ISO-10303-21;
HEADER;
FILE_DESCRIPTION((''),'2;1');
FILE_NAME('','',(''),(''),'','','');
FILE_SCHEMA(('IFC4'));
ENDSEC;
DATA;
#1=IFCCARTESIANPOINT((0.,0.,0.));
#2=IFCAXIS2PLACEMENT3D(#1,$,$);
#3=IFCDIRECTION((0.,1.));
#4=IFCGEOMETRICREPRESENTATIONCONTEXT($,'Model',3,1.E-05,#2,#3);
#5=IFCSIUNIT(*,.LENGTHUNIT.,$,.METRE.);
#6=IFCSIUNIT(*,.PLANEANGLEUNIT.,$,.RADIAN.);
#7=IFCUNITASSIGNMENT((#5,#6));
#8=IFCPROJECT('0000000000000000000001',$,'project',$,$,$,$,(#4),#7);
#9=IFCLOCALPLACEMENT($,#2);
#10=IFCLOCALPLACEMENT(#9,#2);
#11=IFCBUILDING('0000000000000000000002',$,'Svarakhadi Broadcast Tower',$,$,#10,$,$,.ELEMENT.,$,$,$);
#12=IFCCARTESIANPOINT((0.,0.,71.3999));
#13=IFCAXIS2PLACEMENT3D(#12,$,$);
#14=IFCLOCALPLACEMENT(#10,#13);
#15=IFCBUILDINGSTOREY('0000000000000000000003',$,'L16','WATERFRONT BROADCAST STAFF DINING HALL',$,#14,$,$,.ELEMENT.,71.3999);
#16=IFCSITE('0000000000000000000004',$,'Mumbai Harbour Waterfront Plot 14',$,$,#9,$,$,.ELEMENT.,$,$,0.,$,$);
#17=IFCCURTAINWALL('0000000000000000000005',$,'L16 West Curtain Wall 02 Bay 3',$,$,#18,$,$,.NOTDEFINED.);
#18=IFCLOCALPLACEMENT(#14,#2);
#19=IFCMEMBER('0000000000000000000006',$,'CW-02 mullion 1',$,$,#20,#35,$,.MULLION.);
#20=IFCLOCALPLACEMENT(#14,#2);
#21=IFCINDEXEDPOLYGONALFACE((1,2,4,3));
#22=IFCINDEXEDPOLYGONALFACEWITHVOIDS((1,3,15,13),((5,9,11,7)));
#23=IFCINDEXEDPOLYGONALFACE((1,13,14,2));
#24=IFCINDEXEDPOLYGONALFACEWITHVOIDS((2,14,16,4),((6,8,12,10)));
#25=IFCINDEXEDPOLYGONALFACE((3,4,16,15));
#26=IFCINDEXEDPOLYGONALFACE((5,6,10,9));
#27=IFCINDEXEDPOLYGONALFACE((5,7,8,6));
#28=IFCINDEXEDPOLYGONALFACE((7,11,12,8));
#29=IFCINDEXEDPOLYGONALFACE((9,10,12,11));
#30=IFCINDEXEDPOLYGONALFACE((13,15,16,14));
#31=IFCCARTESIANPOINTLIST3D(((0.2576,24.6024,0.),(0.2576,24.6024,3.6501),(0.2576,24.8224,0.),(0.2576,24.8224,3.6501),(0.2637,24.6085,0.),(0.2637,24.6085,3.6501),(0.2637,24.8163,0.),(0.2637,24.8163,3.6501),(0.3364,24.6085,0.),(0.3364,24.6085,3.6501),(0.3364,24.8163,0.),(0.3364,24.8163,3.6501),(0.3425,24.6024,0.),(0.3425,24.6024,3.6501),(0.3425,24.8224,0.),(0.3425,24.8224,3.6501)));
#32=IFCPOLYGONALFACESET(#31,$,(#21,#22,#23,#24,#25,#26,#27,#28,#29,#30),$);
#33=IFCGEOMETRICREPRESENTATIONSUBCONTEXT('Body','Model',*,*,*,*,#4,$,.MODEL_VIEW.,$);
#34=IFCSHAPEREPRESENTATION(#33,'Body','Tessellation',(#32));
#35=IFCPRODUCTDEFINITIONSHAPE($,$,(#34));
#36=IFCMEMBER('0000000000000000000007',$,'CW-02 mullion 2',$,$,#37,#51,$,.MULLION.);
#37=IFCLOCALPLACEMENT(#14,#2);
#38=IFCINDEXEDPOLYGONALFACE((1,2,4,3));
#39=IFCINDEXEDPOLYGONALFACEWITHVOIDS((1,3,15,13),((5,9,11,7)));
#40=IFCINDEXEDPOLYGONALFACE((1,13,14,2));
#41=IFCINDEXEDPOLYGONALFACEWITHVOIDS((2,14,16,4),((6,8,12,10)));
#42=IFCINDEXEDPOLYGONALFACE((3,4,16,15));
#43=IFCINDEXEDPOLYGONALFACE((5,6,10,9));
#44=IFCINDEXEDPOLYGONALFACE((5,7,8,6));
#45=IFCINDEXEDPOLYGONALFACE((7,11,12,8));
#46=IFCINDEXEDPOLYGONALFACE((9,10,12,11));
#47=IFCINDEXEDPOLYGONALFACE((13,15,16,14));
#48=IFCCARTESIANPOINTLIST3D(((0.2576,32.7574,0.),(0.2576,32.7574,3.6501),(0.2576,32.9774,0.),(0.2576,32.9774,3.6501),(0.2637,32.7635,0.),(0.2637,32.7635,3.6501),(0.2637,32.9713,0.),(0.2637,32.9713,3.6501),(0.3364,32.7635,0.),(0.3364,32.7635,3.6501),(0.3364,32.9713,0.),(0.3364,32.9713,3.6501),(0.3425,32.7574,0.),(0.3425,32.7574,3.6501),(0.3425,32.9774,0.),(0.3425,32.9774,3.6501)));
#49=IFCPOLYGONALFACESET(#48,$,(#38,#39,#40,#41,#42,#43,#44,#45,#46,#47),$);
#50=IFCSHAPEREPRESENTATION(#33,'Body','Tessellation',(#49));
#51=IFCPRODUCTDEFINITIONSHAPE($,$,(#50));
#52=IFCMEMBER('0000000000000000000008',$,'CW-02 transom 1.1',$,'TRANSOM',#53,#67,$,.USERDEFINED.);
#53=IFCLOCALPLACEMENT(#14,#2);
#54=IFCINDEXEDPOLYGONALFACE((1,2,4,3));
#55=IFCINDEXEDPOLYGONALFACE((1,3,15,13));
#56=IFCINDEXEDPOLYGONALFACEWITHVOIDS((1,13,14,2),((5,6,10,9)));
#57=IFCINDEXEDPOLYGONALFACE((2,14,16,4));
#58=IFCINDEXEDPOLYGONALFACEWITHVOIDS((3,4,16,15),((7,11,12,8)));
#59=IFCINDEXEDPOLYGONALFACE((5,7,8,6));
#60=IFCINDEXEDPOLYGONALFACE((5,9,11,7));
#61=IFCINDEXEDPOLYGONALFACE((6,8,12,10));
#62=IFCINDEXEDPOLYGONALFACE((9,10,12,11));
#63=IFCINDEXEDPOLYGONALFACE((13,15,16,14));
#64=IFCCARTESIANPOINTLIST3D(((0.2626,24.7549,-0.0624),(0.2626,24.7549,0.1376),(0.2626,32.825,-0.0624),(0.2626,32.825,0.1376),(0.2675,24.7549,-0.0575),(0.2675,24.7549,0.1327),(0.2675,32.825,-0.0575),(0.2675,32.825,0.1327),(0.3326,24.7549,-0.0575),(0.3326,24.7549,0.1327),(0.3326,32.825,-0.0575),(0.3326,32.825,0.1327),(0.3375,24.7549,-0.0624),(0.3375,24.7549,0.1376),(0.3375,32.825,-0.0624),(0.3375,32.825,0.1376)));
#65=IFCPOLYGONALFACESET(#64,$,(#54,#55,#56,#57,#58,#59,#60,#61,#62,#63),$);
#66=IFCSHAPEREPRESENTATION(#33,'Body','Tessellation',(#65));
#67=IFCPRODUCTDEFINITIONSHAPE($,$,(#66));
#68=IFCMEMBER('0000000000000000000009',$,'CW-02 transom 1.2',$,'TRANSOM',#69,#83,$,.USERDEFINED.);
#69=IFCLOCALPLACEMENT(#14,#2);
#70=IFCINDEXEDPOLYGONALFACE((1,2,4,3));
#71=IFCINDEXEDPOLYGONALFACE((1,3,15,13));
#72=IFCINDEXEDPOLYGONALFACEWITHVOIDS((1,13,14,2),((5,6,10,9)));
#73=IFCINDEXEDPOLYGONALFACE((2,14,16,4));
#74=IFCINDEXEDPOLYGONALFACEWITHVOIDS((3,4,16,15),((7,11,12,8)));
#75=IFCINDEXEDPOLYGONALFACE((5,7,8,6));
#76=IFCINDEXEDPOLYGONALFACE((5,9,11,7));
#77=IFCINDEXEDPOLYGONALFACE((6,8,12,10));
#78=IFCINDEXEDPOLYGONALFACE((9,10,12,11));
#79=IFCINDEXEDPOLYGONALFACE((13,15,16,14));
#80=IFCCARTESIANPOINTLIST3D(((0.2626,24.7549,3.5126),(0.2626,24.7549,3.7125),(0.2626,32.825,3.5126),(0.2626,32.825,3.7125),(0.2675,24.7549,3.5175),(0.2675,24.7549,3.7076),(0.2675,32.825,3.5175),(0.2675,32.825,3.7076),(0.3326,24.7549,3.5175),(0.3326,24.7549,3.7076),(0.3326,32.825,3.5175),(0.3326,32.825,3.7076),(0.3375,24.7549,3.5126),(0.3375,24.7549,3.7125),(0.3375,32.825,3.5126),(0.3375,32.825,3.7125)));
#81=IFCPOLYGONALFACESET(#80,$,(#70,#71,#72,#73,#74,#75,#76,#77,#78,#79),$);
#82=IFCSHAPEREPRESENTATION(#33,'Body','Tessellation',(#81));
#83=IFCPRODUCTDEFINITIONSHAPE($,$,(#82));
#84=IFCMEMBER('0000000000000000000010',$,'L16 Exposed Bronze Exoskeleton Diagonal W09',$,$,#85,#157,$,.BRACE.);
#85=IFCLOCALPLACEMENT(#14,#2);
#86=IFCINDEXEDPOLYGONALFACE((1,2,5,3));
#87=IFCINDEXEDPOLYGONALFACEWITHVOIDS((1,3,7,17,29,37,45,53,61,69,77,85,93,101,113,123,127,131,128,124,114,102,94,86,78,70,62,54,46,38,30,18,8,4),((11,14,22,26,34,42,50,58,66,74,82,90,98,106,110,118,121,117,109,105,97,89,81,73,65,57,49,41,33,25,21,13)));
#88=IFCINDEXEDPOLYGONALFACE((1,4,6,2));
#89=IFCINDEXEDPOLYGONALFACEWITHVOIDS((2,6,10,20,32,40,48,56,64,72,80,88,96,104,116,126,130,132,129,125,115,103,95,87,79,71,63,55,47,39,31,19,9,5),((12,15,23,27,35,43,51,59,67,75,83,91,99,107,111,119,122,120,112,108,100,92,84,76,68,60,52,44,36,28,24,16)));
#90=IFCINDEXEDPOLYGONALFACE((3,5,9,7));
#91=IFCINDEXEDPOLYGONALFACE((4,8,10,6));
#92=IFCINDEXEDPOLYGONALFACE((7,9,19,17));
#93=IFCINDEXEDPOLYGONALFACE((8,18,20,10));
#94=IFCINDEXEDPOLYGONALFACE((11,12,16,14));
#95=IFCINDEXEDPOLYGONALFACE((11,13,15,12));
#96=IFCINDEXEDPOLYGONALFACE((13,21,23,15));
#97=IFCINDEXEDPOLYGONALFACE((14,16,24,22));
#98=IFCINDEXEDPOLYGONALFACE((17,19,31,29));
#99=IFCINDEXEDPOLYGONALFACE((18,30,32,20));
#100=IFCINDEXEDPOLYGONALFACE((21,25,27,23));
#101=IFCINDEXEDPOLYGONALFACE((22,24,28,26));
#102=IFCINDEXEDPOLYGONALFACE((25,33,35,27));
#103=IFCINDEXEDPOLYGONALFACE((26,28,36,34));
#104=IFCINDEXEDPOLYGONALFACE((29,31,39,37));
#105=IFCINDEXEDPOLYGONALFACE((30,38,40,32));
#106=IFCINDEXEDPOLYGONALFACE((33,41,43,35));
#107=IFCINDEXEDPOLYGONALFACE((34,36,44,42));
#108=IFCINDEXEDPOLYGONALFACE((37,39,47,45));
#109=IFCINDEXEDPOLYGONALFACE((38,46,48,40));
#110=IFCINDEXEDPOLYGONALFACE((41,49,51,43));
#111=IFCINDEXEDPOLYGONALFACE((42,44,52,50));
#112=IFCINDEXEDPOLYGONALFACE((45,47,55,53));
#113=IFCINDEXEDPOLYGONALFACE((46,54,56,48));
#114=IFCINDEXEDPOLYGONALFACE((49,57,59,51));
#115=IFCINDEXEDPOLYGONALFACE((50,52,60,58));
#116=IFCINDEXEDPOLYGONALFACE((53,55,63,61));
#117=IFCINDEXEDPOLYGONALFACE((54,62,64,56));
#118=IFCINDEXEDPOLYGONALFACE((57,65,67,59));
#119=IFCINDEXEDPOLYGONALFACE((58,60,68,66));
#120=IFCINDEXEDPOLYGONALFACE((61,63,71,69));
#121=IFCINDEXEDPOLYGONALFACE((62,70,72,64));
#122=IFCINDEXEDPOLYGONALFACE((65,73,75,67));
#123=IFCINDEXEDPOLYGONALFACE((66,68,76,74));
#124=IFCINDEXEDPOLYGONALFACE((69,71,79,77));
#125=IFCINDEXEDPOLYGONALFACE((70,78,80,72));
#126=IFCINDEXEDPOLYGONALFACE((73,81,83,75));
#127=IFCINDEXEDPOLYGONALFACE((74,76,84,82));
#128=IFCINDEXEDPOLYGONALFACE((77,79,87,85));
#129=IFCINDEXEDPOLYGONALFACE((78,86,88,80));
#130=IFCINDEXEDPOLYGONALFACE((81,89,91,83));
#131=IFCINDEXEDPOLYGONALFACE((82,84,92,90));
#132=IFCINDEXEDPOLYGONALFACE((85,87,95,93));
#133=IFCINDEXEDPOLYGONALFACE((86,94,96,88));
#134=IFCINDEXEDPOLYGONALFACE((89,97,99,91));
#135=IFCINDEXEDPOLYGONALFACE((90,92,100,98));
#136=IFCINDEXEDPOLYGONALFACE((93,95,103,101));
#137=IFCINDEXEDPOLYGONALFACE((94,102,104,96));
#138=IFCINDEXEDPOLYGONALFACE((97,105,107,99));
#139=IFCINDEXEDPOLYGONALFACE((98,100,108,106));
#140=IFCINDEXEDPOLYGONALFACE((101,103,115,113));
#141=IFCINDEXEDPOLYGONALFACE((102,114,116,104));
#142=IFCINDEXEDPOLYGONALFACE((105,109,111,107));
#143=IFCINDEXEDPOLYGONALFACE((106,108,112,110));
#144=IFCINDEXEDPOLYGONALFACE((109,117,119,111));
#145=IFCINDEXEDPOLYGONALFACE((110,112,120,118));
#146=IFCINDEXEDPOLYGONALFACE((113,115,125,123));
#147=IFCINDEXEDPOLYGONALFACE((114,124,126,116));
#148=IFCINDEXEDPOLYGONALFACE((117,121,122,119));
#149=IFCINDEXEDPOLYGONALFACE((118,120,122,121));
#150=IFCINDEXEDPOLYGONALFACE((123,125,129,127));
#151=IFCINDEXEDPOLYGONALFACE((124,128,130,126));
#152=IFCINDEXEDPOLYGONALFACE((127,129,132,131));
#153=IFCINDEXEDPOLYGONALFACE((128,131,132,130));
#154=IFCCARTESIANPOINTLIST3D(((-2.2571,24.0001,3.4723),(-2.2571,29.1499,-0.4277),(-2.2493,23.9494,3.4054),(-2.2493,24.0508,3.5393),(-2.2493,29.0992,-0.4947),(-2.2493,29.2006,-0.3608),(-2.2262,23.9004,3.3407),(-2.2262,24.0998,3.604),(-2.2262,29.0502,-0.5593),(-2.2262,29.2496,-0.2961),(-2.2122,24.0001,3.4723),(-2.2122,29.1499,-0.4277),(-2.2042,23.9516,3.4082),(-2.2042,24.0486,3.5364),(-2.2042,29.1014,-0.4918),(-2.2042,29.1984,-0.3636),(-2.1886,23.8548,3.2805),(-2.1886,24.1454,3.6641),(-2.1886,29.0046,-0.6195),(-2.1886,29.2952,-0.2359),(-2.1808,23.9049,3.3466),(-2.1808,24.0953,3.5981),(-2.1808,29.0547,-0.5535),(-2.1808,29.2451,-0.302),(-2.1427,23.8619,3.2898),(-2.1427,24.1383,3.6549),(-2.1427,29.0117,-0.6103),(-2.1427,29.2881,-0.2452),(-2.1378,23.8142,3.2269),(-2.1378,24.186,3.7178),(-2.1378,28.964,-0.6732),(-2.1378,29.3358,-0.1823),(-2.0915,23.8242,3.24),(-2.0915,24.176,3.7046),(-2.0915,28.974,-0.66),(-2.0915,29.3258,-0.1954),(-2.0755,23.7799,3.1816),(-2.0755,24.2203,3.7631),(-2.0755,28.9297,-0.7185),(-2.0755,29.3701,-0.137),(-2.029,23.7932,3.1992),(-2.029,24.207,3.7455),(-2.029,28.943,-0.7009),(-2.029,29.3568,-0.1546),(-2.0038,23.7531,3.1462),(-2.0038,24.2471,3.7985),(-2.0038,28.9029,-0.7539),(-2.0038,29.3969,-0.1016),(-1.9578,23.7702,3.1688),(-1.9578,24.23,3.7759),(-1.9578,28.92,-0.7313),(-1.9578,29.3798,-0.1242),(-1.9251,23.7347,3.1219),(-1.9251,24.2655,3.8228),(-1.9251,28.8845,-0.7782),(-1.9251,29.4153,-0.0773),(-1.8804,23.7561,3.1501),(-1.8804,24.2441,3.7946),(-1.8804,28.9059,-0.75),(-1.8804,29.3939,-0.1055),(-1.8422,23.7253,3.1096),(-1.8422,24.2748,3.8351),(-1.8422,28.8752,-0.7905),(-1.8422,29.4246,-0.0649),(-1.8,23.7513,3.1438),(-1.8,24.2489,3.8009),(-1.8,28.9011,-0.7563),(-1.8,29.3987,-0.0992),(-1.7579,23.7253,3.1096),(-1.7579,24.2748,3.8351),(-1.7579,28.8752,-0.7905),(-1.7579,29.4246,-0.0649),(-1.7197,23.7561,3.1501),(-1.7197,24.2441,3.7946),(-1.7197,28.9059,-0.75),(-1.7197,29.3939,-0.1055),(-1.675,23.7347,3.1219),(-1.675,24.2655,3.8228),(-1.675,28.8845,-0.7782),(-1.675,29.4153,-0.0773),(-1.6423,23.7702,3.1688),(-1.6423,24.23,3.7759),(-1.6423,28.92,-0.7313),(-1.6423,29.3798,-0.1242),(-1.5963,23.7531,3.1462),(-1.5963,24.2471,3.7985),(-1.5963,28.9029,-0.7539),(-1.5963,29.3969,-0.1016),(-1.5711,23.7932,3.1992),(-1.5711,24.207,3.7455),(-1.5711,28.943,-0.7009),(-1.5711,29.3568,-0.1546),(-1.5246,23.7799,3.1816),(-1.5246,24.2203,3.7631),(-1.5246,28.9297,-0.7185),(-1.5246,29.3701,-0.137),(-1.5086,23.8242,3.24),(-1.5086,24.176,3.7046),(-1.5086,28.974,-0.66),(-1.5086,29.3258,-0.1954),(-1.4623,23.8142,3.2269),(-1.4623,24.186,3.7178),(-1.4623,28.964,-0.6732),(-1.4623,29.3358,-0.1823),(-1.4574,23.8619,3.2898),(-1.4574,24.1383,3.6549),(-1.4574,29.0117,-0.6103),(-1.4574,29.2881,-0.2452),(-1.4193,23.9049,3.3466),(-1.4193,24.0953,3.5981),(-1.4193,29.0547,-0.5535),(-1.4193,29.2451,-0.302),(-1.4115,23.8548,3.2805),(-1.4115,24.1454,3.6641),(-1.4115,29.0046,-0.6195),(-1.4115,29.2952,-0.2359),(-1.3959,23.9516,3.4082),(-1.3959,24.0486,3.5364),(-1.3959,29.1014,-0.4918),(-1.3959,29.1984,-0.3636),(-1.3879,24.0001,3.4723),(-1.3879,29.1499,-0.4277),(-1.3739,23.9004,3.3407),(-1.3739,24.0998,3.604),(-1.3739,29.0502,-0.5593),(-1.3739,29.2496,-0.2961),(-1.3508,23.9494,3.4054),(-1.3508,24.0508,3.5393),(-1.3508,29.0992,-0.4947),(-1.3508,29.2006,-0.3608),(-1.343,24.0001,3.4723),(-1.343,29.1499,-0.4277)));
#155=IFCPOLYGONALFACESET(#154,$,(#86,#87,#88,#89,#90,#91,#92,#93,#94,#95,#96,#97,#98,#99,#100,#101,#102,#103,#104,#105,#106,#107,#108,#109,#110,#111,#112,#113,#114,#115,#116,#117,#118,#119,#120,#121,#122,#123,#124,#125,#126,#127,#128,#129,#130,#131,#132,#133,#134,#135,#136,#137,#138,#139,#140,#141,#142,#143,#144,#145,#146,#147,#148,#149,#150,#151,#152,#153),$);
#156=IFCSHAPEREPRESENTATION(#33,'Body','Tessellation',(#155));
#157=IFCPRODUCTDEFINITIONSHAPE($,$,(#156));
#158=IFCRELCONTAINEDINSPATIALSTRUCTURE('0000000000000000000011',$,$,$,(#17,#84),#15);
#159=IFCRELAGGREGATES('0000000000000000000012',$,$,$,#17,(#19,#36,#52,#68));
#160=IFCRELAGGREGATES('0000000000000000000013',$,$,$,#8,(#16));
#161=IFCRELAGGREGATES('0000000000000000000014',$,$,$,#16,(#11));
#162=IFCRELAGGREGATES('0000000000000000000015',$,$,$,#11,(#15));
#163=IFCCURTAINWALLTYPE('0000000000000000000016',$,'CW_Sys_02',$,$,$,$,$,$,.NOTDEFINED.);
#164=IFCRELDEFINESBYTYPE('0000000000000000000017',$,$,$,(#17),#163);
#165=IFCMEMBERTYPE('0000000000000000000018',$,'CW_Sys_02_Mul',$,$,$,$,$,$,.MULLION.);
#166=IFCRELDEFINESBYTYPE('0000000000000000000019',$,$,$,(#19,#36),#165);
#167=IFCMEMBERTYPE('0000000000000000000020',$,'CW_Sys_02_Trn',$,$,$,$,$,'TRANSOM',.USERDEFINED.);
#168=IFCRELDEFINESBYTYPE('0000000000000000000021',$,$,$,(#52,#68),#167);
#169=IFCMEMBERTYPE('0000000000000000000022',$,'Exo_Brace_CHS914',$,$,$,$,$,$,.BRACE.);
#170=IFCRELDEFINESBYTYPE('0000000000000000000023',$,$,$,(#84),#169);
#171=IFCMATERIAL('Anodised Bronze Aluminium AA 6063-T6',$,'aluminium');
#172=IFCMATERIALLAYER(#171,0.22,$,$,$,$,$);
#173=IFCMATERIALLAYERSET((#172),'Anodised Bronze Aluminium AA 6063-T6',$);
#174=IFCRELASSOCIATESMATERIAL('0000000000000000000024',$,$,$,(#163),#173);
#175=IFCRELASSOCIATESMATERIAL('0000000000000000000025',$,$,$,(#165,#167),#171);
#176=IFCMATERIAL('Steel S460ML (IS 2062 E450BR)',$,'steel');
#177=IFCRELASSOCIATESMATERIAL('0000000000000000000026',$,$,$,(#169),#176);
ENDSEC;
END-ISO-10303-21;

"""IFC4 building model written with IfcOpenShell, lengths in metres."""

from ifc_helpers import new_model, si_unit, direction, frame, origin, origin_2d, place, context, subcontext, project, spatial, hollow_rectangle, hollow_circle, extrude, material, layer, layer_set, material_profile, profile_set, type_object, element, aggregate, save


model = new_model("IFC4")

# Units and contexts
model_context = context("Model", 3, precision=1e-05, world=origin(), true_north=direction((0.0, 1.0)))
body_context = subcontext(model_context, "Body", "Model", "MODEL_VIEW")
ifc_project = project(units=[si_unit("LENGTHUNIT", "METRE"), si_unit("PLANEANGLEUNIT", "RADIAN")], contexts=[model_context])

# Site, building, storey
site_placement = place(None, origin())
site = spatial("IfcSite", under=ifc_project, at=site_placement, Name="Mumbai Harbour Waterfront Plot 14", CompositionType="ELEMENT", RefElevation=0.0)
building_placement = place(site_placement, origin())
building = spatial("IfcBuilding", under=site, at=building_placement, Name="Svarakhadi Broadcast Tower", CompositionType="ELEMENT")
storey_placement = place(building_placement, frame((0.0, 0.0, 71.3999)))
storey = spatial("IfcBuildingStorey", under=building, at=storey_placement, Name="L16", Description="WATERFRONT BROADCAST STAFF DINING HALL", CompositionType="ELEMENT", Elevation=71.3999)

# Shared definitions
ifc_material_1 = material(Name="Steel S460ML (IS 2062 E450BR)", Category="steel")

# Curtain wall, members
ifc_material_2 = material(Name="Anodised Bronze Aluminium AA 6063-T6", Category="aluminium")
ifc_layer_1 = layer(ifc_material_2, 0.22)
ifc_layer_set_1 = layer_set([ifc_layer_1], Name="Anodised Bronze Aluminium AA 6063-T6")
curtain_wall_type = type_object("IfcCurtainWallType", Name="CW_Sys_02", PredefinedType="NOTDEFINED", material=ifc_layer_set_1)
curtain_wall_placement = place(storey_placement, origin())
curtain_wall = element("IfcCurtainWall", 1, at=curtain_wall_placement, inside=storey, type_object=curtain_wall_type, Name="L16 West Curtain Wall 02 Bay 3", PredefinedType="NOTDEFINED")
ifc_material_profile_1 = material_profile(ifc_material_2, hollow_rectangle(XDim=0.085, YDim=0.22, WallThickness=0.0061, at=origin_2d()), Name="ALU MULLION 220x85x6")
ifc_profile_set_1 = profile_set([ifc_material_profile_1], Name="Anodised Bronze Aluminium AA 6063-T6")
member_type_1 = type_object("IfcMemberType", Name="CW_Sys_02_Mul", PredefinedType="MULLION", material=ifc_profile_set_1)
member_1_placement = place(storey_placement, frame((0.3, 24.7124, 0.0), z_axis=(0.0, 0.0, 1.0), x_axis=(-1.0, 0.0, 0.0)))
member_1 = element("IfcMember", 2, at=member_1_placement, type_object=member_type_1, Name="CW-02 mullion 1", PredefinedType="MULLION", context=body_context, shape_type="SweptSolid", body=[
    extrude(hollow_rectangle(XDim=0.085, YDim=0.22, WallThickness=0.0061, at=origin_2d()), origin(), (0.0, 0.0, 1.0), 3.6501),
])
member_2_placement = place(storey_placement, frame((0.3, 32.8674, 0.0), z_axis=(0.0, 0.0, 1.0), x_axis=(-1.0, 0.0, 0.0)))
member_2 = element("IfcMember", 3, at=member_2_placement, type_object=member_type_1, Name="CW-02 mullion 2", PredefinedType="MULLION", context=body_context, shape_type="SweptSolid", body=[
    extrude(hollow_rectangle(XDim=0.085, YDim=0.22, WallThickness=0.0061, at=origin_2d()), origin(), (0.0, 0.0, 1.0), 3.6501),
])
ifc_material_profile_2 = material_profile(ifc_material_2, hollow_rectangle(XDim=0.075, YDim=0.2, WallThickness=0.0049, at=origin_2d()), Name="ALU TRANSOM 200x75x5")
ifc_profile_set_2 = profile_set([ifc_material_profile_2], Name="Anodised Bronze Aluminium AA 6063-T6")
member_type_2 = type_object("IfcMemberType", Name="CW_Sys_02_Trn", ElementType="TRANSOM", PredefinedType="USERDEFINED", material=ifc_profile_set_2)
member_3_placement = place(storey_placement, frame((0.3, 24.7549, 0.0376), z_axis=(0.0, 1.0, 0.0), x_axis=(-1.0, 0.0, 0.0)))
member_3 = element("IfcMember", 4, at=member_3_placement, type_object=member_type_2, Name="CW-02 transom 1.1", ObjectType="TRANSOM", PredefinedType="USERDEFINED", context=body_context, shape_type="SweptSolid", body=[
    extrude(hollow_rectangle(XDim=0.075, YDim=0.2, WallThickness=0.0049, at=origin_2d()), origin(), (0.0, 0.0, 1.0), 8.0701),
])
member_4_placement = place(storey_placement, frame((0.3, 24.7549, 3.6125), z_axis=(0.0, 1.0, 0.0), x_axis=(-1.0, 0.0, 0.0)))
member_4 = element("IfcMember", 5, at=member_4_placement, type_object=member_type_2, Name="CW-02 transom 1.2", ObjectType="TRANSOM", PredefinedType="USERDEFINED", context=body_context, shape_type="SweptSolid", body=[
    extrude(hollow_rectangle(XDim=0.075, YDim=0.2, WallThickness=0.0049, at=origin_2d()), origin(), (0.0, 0.0, 1.0), 8.0701),
])

# Member
ifc_material_profile_3 = material_profile(ifc_material_1, hollow_circle(Radius=0.457, WallThickness=0.0449, at=origin_2d()), Name="CHS 914x45")
ifc_profile_set_3 = profile_set([ifc_material_profile_3], Name="Steel S460ML (IS 2062 E450BR)")
member_type_3 = type_object("IfcMemberType", Name="Exo_Brace_CHS914", PredefinedType="BRACE", material=ifc_profile_set_3)
member_5_placement = place(storey_placement, frame((-1.8, 29.1499, -0.4277), z_axis=(0.0, -0.797189, 0.60373), x_axis=(1.0, 0.0, 0.0)))
element("IfcMember", 6, at=member_5_placement, inside=storey, type_object=member_type_3, Name="L16 Exposed Bronze Exoskeleton Diagonal W09", PredefinedType="BRACE", context=body_context, shape_type="SweptSolid", body=[
    extrude(hollow_circle(Radius=0.457, WallThickness=0.0449, at=origin_2d()), origin(), (0.0, 0.0, 1.0), 6.46),
])

aggregate(curtain_wall, [member_1, member_2, member_3, member_4])

save(model, "model.ifc")
